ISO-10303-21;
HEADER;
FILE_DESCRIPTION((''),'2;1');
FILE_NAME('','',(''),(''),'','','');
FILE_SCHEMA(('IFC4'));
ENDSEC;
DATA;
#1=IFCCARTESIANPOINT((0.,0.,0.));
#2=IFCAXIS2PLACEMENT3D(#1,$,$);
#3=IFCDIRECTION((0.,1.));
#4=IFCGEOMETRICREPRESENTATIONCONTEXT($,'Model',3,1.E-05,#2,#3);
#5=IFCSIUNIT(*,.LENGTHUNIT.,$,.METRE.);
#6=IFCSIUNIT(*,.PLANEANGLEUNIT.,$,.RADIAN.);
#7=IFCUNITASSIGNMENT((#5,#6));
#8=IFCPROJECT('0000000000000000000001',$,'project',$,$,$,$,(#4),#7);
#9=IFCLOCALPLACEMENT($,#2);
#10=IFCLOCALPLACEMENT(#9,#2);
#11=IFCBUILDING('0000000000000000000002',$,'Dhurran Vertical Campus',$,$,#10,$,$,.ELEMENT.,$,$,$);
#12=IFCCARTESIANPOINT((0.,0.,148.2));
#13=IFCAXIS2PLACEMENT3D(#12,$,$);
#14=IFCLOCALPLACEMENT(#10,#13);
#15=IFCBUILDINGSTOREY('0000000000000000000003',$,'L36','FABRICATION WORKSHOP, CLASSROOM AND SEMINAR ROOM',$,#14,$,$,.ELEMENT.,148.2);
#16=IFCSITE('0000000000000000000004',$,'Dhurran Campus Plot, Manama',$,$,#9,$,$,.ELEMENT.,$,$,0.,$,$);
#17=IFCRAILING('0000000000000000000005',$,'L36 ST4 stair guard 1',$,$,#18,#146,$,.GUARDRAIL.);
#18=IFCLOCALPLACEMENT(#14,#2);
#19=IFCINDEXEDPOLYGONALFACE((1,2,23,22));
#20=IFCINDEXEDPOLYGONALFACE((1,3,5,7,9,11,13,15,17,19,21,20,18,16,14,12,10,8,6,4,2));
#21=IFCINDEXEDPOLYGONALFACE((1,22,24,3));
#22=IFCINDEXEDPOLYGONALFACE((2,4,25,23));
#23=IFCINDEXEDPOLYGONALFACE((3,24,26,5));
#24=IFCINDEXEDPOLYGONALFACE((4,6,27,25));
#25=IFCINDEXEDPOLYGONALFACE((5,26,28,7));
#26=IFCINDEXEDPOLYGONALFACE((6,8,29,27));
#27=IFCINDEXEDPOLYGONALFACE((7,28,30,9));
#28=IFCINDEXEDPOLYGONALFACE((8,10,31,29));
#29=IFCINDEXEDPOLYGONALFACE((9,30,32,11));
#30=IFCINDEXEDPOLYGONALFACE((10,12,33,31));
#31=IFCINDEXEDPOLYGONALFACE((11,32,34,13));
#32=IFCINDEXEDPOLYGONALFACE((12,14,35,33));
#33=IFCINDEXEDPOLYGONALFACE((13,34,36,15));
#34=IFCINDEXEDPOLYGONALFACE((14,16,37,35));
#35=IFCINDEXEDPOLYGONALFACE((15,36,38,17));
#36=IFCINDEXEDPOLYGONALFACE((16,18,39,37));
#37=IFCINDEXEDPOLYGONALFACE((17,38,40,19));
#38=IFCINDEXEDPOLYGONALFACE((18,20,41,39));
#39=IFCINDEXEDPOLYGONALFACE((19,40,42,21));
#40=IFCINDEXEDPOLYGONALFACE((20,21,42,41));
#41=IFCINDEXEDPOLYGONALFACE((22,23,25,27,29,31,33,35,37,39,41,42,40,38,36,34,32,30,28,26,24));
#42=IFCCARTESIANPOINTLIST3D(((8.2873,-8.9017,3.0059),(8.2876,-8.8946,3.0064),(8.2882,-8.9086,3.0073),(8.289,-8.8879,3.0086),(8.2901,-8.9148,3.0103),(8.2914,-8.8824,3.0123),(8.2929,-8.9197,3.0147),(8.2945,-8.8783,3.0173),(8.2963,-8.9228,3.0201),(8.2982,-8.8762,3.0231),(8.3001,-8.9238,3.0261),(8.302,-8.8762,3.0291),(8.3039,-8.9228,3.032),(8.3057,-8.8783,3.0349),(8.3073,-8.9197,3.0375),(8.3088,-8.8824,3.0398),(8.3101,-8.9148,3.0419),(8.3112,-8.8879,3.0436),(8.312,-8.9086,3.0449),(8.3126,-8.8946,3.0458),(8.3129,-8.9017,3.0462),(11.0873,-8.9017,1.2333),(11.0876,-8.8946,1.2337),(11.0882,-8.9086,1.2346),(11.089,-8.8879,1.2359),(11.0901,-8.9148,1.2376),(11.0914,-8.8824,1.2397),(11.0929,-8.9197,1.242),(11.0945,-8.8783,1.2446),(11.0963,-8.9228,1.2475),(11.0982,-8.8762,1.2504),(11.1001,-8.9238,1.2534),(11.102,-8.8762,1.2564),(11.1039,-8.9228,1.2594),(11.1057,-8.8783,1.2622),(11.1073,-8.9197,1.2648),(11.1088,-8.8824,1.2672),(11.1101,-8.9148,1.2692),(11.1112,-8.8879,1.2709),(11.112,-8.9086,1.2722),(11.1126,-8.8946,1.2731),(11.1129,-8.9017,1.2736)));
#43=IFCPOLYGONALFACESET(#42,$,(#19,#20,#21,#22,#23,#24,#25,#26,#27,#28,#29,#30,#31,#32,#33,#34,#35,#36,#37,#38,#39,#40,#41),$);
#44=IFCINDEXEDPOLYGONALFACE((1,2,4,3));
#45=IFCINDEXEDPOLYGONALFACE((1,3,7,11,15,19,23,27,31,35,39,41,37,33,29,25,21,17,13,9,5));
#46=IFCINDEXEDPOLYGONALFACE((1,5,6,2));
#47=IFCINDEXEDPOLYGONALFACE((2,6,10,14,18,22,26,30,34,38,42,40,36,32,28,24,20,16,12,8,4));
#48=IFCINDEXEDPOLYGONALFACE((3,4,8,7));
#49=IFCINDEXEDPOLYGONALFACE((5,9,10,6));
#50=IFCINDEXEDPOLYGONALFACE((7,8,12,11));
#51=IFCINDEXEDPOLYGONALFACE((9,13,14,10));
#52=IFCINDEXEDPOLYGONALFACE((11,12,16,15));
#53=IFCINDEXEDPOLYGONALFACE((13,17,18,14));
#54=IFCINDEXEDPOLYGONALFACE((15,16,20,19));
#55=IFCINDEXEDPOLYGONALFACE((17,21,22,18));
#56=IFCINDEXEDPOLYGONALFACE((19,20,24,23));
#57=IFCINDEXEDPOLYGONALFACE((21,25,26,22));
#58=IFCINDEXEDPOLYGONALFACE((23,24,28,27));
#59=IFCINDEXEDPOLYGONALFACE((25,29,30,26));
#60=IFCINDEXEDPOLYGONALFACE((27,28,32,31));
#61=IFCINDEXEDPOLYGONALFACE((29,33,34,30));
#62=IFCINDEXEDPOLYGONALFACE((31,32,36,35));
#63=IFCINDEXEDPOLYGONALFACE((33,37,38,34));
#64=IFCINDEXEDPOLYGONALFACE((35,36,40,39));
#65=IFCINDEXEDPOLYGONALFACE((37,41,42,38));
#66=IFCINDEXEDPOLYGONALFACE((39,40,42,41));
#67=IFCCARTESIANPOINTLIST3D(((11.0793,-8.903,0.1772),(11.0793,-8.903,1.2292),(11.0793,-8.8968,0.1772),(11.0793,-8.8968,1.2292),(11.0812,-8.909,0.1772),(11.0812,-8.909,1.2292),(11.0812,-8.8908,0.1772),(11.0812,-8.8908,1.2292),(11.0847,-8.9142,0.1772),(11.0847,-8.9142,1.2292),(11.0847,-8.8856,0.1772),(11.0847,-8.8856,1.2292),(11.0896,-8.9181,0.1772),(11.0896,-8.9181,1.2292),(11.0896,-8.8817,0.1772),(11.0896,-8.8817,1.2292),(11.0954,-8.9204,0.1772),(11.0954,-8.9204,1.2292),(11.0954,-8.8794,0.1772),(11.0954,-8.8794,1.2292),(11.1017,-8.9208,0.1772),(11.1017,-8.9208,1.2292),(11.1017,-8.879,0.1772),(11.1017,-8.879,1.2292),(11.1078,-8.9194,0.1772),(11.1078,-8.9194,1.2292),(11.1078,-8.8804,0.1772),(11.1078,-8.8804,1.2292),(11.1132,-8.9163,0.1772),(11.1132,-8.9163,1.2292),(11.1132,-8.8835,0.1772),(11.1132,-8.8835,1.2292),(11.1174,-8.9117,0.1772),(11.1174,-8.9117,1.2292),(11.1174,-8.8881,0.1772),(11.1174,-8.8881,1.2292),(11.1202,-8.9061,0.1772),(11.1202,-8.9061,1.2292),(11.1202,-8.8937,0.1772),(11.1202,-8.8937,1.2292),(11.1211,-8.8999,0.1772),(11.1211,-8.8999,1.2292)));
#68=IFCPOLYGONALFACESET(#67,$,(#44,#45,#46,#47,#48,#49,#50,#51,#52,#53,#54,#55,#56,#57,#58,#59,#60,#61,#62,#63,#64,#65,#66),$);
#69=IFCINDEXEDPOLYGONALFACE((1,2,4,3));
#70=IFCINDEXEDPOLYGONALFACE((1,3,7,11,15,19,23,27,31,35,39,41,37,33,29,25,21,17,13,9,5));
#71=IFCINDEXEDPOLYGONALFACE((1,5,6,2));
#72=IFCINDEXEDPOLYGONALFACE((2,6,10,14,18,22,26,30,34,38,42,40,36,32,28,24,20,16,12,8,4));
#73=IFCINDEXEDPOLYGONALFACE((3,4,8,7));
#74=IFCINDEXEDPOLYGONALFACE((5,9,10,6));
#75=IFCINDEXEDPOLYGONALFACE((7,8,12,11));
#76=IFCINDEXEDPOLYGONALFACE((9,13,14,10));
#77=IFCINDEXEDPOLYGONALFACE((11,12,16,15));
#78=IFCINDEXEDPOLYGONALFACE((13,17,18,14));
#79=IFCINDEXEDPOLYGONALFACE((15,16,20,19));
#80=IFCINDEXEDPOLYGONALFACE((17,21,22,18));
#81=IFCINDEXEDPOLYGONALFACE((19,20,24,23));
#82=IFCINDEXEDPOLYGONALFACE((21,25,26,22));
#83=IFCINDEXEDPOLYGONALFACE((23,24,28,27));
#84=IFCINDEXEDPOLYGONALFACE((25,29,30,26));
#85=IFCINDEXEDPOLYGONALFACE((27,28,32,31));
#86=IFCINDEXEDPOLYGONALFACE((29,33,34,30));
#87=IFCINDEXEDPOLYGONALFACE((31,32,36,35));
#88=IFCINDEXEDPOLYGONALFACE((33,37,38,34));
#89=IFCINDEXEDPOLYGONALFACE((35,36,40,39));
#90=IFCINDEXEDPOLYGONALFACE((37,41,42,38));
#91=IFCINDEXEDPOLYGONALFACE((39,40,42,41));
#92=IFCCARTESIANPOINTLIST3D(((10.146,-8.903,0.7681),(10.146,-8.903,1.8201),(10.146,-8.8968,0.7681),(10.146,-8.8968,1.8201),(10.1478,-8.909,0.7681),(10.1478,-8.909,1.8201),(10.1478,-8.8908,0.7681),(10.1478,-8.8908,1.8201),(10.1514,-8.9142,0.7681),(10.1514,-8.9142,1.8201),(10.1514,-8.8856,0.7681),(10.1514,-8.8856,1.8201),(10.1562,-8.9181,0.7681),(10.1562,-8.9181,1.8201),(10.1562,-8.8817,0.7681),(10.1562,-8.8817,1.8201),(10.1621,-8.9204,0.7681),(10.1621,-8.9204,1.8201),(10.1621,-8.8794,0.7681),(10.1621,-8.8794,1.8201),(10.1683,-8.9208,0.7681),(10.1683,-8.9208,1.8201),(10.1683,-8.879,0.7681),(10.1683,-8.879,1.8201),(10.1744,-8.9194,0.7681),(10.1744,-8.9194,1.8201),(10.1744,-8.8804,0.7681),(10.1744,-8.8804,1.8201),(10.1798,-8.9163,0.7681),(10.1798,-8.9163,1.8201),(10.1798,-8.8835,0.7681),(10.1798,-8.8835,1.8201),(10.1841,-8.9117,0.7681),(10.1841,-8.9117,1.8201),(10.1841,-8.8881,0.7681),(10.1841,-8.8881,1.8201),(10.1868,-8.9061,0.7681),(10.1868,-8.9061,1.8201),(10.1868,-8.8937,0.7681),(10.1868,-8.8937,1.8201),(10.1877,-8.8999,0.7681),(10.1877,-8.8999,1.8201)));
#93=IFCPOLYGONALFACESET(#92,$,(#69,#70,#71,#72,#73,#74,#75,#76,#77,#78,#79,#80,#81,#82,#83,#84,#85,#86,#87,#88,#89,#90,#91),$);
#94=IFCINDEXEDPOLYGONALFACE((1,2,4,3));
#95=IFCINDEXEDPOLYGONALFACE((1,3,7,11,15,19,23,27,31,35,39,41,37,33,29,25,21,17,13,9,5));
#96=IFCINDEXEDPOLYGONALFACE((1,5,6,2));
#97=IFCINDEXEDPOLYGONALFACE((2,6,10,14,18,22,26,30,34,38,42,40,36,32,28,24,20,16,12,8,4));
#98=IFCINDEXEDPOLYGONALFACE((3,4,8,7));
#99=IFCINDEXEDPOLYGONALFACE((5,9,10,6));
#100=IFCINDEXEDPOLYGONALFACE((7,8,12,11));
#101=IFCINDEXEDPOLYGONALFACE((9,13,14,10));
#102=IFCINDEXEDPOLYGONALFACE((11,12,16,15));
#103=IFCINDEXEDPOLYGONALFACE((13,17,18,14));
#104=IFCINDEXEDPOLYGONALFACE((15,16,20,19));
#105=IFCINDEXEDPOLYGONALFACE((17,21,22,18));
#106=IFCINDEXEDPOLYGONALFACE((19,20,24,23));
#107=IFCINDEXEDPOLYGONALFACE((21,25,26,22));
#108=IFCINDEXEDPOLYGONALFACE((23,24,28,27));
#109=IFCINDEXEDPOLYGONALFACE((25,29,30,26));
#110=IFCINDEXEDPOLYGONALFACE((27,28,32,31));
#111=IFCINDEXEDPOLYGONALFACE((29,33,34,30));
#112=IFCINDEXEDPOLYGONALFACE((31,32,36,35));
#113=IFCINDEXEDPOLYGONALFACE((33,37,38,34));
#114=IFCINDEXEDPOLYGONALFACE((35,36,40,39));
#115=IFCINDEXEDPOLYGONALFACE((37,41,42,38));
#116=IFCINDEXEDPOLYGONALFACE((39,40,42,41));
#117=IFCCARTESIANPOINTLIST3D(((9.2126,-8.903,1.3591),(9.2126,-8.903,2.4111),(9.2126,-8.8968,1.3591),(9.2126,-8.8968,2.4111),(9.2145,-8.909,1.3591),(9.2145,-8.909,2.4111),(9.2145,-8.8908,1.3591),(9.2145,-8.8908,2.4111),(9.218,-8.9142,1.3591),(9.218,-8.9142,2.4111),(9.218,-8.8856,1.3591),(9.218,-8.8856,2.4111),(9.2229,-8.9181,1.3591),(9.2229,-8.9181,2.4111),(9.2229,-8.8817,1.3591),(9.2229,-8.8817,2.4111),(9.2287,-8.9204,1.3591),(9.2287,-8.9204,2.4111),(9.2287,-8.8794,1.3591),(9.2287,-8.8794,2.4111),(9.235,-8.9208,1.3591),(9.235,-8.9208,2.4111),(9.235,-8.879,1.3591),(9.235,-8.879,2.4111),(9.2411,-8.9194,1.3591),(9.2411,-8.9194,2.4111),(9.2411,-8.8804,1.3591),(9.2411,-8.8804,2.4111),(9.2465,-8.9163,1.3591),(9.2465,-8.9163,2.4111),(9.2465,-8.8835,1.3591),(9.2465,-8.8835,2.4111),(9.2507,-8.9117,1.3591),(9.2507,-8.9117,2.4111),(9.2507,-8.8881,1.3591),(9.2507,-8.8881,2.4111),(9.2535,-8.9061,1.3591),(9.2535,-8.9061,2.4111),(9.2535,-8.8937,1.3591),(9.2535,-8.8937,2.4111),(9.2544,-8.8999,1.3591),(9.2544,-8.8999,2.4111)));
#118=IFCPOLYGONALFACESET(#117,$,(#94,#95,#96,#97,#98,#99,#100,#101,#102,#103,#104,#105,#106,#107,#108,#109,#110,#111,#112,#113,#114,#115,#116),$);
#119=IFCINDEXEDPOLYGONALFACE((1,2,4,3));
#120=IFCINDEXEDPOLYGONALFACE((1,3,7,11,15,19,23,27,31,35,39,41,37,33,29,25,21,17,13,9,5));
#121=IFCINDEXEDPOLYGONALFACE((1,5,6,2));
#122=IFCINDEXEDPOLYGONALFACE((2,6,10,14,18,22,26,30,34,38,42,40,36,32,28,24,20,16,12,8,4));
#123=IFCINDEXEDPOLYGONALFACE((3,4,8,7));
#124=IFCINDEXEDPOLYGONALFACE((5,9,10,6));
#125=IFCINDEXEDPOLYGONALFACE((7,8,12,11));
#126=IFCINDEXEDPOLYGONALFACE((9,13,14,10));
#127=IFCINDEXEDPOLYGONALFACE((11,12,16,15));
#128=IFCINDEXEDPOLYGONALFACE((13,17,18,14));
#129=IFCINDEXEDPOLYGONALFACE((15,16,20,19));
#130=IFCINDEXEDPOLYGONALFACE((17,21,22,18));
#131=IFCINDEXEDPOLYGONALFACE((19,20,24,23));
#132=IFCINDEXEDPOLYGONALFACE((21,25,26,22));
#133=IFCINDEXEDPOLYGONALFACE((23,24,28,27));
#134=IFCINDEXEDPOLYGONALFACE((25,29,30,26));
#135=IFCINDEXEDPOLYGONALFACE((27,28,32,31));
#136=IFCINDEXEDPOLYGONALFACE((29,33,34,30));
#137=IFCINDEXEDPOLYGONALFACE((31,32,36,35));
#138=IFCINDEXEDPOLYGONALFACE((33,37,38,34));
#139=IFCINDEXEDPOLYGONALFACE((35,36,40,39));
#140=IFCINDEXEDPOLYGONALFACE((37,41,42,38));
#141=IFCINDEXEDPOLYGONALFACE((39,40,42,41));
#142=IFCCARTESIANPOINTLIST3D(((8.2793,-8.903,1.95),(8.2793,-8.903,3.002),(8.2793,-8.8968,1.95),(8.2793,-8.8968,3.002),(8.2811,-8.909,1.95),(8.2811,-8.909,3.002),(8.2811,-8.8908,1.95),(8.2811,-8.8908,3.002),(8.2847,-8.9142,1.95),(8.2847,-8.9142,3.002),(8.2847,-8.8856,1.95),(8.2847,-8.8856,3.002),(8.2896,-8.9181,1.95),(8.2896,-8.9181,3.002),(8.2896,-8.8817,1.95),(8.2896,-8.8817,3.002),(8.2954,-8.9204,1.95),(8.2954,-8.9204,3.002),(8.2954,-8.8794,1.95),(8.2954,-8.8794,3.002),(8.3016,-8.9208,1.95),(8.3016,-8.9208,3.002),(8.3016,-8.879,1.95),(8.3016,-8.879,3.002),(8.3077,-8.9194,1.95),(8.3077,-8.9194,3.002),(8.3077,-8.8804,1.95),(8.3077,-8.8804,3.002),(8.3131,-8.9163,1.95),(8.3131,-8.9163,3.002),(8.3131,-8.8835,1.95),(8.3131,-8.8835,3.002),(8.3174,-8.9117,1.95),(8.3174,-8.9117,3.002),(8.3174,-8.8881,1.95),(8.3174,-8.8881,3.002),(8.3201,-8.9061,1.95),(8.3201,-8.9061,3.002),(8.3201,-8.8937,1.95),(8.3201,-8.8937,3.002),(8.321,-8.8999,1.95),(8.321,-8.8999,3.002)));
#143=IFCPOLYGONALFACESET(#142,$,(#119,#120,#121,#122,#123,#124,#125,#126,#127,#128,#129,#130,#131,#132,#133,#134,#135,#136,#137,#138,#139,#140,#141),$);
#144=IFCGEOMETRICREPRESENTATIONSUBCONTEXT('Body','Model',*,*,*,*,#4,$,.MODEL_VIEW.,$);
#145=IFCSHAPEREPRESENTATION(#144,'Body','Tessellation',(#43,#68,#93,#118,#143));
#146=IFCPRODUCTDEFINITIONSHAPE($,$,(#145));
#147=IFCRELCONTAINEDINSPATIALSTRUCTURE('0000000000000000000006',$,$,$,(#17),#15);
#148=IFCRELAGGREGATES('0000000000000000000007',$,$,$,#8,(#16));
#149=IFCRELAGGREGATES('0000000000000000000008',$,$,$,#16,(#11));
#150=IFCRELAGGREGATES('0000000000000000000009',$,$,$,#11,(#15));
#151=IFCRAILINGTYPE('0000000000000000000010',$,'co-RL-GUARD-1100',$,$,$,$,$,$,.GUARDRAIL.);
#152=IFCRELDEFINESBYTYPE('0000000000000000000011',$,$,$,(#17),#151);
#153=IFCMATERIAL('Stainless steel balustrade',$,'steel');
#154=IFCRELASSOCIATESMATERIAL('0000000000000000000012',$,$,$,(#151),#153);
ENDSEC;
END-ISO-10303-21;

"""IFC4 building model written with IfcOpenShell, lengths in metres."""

from ifc_helpers import new_model, si_unit, direction, frame, origin, origin_2d, place, context, subcontext, project, spatial, circle, extrude, material, type_object, element, save


model = new_model("IFC4")

# Units and contexts
model_context = context("Model", 3, precision=1e-05, world=origin(), true_north=direction((0.0, 1.0)))
body_context = subcontext(model_context, "Body", "Model", "MODEL_VIEW")
ifc_project = project(units=[si_unit("LENGTHUNIT", "METRE"), si_unit("PLANEANGLEUNIT", "RADIAN")], contexts=[model_context])

# Site, building, storey
site_placement = place(None, origin())
site = spatial("IfcSite", under=ifc_project, at=site_placement, Name="Dhurran Campus Plot, Manama", CompositionType="ELEMENT", RefElevation=0.0)
building_placement = place(site_placement, origin())
building = spatial("IfcBuilding", under=site, at=building_placement, Name="Dhurran Vertical Campus", CompositionType="ELEMENT")
storey_placement = place(building_placement, frame((0.0, 0.0, 148.2)))
storey = spatial("IfcBuildingStorey", under=building, at=storey_placement, Name="L36", Description="FABRICATION WORKSHOP, CLASSROOM AND SEMINAR ROOM", CompositionType="ELEMENT", Elevation=148.2)

# Railing
ifc_material_1 = material(Name="Stainless steel balustrade", Category="steel")
railing_type_1 = type_object("IfcRailingType", Name="co-RL-GUARD-1100", PredefinedType="GUARDRAIL", material=ifc_material_1)
railing_1_placement = place(storey_placement, frame((11.1001, -8.8999, 0.1772)))
element("IfcRailing", 1, at=railing_1_placement, inside=storey, type_object=railing_type_1, Name="L36 ST4 stair guard 1", PredefinedType="GUARDRAIL", context=body_context, shape_type="SweptSolid", body=[
    extrude(circle(Radius=0.0239, at=origin_2d()), frame((0.0, 0.0, 1.0762), z_axis=(-0.844909, 0.0, 0.53491), x_axis=(0.0, -1.0, 0.0)), (0.0, 0.0, 1.0), 3.314),
    extrude(circle(Radius=0.021, at=origin_2d()), origin(), (0.0, 0.0, 1.0), 1.052),
    extrude(circle(Radius=0.021, at=origin_2d()), frame((-0.9333, 0.0, 0.5908)), (0.0, 0.0, 1.0), 1.052),
    extrude(circle(Radius=0.021, at=origin_2d()), frame((-1.8667, 0.0, 1.1819)), (0.0, 0.0, 1.0), 1.052),
    extrude(circle(Radius=0.021, at=origin_2d()), frame((-2.8, 0.0, 1.7727)), (0.0, 0.0, 1.0), 1.052),
])

save(model, "model.ifc")
